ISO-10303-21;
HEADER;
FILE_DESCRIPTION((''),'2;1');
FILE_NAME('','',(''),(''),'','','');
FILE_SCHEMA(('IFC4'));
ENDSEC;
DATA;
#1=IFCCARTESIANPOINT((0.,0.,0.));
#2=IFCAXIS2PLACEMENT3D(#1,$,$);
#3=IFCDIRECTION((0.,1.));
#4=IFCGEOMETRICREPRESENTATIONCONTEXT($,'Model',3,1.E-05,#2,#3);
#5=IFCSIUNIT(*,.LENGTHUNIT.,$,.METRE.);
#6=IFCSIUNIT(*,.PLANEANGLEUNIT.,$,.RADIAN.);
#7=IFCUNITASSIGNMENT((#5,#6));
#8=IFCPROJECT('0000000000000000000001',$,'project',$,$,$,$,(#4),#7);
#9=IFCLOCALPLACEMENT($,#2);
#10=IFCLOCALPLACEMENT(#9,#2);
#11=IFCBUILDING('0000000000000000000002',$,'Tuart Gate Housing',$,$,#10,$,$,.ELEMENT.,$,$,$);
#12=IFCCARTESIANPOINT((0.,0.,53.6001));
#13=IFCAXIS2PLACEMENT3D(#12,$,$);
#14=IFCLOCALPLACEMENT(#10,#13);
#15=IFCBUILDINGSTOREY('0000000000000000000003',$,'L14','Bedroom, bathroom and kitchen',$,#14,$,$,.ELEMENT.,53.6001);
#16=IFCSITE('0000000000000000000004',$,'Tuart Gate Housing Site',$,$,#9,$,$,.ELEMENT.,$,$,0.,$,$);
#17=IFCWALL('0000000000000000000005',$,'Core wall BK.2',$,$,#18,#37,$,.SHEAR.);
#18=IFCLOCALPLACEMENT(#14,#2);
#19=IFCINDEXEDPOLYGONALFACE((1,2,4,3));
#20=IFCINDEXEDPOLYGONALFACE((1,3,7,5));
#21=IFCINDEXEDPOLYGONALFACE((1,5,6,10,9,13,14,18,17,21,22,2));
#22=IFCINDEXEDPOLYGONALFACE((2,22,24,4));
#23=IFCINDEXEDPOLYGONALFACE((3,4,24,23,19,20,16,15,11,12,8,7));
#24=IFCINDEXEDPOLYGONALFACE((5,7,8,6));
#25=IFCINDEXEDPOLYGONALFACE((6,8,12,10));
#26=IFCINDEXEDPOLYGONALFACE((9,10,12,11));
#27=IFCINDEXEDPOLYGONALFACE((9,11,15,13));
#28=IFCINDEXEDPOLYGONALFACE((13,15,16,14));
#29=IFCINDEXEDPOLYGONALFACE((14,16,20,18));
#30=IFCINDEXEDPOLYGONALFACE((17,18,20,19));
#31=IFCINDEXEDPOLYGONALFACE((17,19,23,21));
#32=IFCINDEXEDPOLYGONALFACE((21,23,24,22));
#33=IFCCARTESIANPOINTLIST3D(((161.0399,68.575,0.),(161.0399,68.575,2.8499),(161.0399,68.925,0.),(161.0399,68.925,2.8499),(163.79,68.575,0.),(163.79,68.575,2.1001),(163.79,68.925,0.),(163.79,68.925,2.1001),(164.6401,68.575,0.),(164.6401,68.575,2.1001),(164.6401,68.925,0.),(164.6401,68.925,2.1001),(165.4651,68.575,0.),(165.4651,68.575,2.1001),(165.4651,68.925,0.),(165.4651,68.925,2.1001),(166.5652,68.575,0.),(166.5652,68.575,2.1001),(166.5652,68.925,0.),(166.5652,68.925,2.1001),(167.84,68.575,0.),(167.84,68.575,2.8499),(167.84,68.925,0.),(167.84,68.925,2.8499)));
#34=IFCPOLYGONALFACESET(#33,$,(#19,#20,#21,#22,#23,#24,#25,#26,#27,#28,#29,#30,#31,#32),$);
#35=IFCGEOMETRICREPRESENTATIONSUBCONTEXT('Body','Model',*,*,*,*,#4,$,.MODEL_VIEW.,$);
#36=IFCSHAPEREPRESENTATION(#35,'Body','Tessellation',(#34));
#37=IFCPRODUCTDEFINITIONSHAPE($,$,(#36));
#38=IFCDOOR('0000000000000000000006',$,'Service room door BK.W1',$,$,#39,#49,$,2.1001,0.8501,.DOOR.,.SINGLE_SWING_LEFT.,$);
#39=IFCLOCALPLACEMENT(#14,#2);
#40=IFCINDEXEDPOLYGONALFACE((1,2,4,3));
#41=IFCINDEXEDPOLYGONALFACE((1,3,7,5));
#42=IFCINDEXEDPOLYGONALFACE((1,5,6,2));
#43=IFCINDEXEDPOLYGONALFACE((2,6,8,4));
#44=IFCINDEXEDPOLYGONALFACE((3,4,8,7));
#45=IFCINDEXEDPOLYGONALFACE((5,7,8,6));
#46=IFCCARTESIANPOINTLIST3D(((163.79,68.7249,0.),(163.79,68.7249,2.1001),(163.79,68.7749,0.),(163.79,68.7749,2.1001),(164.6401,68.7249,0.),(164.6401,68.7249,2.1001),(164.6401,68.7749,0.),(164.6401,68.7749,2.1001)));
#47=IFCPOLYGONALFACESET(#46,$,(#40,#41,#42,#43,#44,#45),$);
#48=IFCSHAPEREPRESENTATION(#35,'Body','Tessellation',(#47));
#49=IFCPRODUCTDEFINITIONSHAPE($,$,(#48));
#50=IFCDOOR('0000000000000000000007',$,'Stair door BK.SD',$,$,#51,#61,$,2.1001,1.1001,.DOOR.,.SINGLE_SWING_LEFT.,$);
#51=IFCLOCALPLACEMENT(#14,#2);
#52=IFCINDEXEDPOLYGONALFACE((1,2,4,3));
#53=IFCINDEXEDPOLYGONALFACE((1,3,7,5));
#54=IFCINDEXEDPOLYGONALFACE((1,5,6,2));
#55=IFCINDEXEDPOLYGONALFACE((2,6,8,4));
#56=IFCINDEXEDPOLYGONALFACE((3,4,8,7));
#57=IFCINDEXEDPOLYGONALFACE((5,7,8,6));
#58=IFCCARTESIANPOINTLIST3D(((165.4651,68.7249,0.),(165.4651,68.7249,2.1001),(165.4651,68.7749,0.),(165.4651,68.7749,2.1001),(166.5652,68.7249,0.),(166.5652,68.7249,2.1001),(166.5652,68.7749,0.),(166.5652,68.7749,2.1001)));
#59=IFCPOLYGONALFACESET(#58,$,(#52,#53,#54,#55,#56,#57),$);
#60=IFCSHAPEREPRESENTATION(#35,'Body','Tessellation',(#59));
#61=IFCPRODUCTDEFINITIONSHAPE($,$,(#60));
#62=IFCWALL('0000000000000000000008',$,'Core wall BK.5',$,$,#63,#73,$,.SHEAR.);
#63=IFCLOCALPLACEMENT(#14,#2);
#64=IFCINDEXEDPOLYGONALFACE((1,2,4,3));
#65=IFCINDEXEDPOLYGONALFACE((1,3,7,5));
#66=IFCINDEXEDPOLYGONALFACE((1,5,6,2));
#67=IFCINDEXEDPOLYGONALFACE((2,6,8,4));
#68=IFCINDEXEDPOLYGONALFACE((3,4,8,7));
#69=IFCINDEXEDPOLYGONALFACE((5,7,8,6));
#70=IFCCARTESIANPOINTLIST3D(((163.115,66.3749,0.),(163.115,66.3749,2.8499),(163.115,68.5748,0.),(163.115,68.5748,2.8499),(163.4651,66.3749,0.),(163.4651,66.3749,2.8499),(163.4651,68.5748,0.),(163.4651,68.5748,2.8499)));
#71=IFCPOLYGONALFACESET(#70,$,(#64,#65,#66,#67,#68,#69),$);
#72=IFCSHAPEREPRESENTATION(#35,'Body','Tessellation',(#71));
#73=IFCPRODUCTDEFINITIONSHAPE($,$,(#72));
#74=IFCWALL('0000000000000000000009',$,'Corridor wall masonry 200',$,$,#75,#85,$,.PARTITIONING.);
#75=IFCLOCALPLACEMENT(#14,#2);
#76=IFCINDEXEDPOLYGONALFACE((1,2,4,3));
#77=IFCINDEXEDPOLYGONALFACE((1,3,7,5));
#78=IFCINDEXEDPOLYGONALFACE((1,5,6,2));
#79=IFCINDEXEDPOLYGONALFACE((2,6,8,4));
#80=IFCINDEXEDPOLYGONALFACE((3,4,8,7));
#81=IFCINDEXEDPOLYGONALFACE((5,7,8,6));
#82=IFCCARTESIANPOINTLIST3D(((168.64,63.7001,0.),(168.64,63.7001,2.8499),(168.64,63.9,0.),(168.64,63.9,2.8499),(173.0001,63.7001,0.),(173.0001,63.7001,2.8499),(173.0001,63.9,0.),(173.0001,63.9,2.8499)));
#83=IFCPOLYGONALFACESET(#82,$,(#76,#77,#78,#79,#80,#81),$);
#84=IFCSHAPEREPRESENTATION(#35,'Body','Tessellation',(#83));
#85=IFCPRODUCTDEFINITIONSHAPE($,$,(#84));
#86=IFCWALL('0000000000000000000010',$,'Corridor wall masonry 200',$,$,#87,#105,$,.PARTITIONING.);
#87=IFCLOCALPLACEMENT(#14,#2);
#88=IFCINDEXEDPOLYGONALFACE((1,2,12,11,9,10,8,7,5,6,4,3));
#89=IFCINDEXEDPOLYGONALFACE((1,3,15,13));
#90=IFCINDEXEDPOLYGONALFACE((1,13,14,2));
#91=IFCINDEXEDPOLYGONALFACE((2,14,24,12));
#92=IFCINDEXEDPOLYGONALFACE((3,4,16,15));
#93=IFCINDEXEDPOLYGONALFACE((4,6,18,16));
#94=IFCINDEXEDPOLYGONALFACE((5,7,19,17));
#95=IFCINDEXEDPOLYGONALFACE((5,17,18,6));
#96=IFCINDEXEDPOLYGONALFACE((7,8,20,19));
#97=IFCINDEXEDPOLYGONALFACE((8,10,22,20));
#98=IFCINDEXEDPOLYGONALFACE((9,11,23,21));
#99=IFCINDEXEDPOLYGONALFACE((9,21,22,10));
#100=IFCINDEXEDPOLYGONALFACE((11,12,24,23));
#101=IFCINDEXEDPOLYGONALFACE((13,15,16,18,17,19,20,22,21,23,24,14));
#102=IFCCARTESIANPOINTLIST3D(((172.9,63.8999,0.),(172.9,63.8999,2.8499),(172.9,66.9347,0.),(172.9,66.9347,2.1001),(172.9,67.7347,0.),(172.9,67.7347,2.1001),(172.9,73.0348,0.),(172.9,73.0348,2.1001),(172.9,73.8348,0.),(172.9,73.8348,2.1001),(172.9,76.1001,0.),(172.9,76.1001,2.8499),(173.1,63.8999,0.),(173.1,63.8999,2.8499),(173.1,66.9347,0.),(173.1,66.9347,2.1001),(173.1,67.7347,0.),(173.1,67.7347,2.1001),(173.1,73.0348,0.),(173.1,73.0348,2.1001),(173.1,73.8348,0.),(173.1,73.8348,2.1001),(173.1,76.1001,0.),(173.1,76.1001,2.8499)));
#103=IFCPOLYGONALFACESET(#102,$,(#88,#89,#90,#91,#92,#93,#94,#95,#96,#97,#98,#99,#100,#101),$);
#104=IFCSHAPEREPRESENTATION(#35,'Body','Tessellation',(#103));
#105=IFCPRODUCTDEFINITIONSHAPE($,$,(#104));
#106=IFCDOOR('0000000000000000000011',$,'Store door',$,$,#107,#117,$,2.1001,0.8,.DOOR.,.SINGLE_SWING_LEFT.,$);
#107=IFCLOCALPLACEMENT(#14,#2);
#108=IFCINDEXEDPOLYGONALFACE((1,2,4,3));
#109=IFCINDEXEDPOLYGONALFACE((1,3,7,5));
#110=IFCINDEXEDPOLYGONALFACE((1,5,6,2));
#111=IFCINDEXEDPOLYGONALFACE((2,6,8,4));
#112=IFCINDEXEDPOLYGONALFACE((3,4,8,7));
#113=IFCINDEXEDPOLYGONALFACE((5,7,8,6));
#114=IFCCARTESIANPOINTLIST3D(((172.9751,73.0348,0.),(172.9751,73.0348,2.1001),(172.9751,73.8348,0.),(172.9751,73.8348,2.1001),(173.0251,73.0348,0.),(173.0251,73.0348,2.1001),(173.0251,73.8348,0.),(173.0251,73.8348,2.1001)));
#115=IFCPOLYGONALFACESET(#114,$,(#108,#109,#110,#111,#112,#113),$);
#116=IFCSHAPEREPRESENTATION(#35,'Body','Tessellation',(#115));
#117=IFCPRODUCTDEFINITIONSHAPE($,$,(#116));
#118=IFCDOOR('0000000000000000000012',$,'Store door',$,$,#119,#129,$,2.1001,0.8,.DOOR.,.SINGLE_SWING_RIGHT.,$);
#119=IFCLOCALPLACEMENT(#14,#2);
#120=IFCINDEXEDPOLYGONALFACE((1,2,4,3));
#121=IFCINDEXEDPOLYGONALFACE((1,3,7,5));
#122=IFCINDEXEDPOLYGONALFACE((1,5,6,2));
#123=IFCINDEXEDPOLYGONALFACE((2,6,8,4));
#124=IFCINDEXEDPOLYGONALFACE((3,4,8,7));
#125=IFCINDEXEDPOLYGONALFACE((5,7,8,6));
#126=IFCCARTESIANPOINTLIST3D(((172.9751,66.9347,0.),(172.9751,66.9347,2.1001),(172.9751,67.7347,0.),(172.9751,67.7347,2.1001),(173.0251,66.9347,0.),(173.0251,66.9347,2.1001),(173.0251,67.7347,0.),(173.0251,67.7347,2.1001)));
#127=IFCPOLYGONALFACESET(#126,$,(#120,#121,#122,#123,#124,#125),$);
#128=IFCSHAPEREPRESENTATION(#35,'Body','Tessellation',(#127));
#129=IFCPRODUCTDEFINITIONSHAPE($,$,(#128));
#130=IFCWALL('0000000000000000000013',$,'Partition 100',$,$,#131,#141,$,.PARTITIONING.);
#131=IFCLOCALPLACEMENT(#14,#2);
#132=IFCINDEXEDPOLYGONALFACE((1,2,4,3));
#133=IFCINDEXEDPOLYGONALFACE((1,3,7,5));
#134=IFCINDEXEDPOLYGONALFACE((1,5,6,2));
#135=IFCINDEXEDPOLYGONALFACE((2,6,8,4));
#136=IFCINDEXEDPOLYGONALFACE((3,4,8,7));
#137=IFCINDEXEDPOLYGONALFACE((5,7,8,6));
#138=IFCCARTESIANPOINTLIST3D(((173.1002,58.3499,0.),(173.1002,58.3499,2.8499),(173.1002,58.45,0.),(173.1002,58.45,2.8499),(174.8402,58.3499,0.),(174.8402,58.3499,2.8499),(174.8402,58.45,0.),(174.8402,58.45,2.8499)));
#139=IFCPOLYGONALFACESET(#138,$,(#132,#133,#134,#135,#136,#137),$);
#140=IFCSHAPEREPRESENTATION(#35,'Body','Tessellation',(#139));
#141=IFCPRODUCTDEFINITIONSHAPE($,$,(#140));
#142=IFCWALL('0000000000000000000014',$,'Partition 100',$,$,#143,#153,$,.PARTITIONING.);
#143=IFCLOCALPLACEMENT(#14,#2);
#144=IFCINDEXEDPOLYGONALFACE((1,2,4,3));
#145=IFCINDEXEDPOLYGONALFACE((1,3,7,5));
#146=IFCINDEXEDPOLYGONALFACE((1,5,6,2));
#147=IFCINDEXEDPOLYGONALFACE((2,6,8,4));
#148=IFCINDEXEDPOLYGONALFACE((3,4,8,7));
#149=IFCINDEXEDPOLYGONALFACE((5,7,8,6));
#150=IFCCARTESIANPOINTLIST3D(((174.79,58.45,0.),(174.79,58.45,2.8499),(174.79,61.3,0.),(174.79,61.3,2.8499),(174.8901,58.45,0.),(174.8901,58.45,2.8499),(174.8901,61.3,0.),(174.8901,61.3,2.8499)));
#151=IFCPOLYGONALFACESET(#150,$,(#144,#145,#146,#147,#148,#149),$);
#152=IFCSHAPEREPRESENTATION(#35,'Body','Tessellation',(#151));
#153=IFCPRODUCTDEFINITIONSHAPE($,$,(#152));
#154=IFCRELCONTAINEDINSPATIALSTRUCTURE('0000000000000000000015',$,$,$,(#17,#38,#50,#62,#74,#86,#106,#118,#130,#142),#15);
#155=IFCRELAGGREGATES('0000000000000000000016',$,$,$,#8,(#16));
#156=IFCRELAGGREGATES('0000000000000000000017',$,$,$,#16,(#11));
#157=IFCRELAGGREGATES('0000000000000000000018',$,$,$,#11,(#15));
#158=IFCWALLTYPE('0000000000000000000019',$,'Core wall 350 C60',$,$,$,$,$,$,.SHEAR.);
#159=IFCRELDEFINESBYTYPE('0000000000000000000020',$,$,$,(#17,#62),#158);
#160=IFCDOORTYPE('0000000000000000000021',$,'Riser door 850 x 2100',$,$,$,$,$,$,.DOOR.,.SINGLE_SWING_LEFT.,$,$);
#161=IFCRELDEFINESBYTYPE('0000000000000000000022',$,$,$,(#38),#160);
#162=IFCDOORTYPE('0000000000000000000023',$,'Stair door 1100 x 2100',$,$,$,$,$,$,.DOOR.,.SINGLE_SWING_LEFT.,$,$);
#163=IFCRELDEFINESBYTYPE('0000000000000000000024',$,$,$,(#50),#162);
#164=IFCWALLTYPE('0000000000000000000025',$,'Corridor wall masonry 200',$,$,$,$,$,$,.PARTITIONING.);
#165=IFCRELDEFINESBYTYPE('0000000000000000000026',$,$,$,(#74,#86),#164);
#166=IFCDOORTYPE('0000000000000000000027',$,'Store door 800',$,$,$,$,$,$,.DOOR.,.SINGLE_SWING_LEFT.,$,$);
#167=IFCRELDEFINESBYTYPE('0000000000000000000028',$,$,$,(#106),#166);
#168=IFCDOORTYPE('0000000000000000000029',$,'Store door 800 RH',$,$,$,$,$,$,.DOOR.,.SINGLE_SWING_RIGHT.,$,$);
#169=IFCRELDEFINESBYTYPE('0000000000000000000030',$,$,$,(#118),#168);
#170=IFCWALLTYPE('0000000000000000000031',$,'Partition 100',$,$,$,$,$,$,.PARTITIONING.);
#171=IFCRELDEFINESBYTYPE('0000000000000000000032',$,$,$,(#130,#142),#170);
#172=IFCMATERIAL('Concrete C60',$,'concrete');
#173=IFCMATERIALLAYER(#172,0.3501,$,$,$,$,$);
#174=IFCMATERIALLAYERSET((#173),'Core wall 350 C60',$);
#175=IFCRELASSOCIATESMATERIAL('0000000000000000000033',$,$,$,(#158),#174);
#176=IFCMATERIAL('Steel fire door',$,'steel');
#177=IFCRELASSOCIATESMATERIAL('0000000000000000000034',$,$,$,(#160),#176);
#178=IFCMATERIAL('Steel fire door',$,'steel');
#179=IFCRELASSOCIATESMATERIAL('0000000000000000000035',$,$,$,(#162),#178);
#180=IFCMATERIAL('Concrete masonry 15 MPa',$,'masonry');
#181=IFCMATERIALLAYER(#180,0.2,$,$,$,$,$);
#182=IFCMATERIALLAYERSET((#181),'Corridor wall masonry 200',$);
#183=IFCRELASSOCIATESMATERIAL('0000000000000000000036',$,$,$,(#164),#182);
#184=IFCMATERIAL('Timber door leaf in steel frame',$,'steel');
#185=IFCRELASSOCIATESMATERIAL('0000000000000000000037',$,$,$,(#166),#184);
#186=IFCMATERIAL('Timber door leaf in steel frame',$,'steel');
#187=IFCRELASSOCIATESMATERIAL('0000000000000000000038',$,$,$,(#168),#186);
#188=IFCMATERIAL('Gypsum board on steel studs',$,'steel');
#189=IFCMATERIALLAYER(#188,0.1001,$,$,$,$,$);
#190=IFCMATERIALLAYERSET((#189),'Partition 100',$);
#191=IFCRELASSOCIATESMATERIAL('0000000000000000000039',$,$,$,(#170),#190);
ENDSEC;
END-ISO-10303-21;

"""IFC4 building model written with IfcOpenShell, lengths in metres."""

from ifc_helpers import new_model, si_unit, direction, frame, frame_2d, origin, place, context, subcontext, project, spatial, rectangle, extrude, material, layer, layer_set, type_object, element, fill, save


model = new_model("IFC4")

# Units and contexts
model_context = context("Model", 3, precision=1e-05, world=origin(), true_north=direction((0.0, 1.0)))
body_context = subcontext(model_context, "Body", "Model", "MODEL_VIEW")
ifc_project = project(units=[si_unit("LENGTHUNIT", "METRE"), si_unit("PLANEANGLEUNIT", "RADIAN")], contexts=[model_context])

# Site, building, storey
site_placement = place(None, origin())
site = spatial("IfcSite", under=ifc_project, at=site_placement, Name="Tuart Gate Housing Site", CompositionType="ELEMENT", RefElevation=0.0)
building_placement = place(site_placement, origin())
building = spatial("IfcBuilding", under=site, at=building_placement, Name="Tuart Gate Housing", CompositionType="ELEMENT")
storey_placement = place(building_placement, frame((0.0, 0.0, 53.6001)))
storey = spatial("IfcBuildingStorey", under=building, at=storey_placement, Name="L14", Description="Bedroom, bathroom and kitchen", CompositionType="ELEMENT", Elevation=53.6001)

# Wall, openings, doors
ifc_material_1 = material(Name="Concrete C60", Category="concrete")
ifc_layer_1 = layer(ifc_material_1, 0.3501)
ifc_layer_set_1 = layer_set([ifc_layer_1], Name="Core wall 350 C60")
wall_type_1 = type_object("IfcWallType", Name="Core wall 350 C60", PredefinedType="SHEAR", material=ifc_layer_set_1)
wall_1_placement = place(storey_placement, frame((161.04, 68.75, 0.0), z_axis=(0.0, 0.0, 1.0), x_axis=(1.0, 0.0, 0.0)))
wall_1 = element("IfcWall", 1, at=wall_1_placement, inside=storey, type_object=wall_type_1, Name="Core wall BK.2", PredefinedType="SHEAR", context=body_context, shape_type="SweptSolid", body=[
    extrude(rectangle(XDim=6.8, YDim=0.3501, at=frame_2d((3.3999, 0.0))), origin(), (0.0, 0.0, 1.0), 2.8499),
])
opening_1_placement = place(wall_1_placement, frame((4.425, 0.0, 0.0)))
opening_1 = element("IfcOpeningElement", 2, at=opening_1_placement, cuts=wall_1, PredefinedType="OPENING", context=body_context, shape_type="SweptSolid", body=[
    extrude(rectangle(XDim=1.1001, YDim=2.1001, at=frame_2d((0.55, 1.05))), frame((0.0, 0.1851, 0.0), z_axis=(0.0, -1.0, 0.0), x_axis=(1.0, 0.0, 0.0)), (0.0, 0.0, 1.0), 0.3701),
])
opening_2_placement = place(wall_1_placement, frame((2.75, 0.0, 0.0)))
opening_2 = element("IfcOpeningElement", 3, at=opening_2_placement, cuts=wall_1, PredefinedType="OPENING", context=body_context, shape_type="SweptSolid", body=[
    extrude(rectangle(XDim=0.8501, YDim=2.1001, at=frame_2d((0.425, 1.05))), frame((0.0, 0.1851, 0.0), z_axis=(0.0, -1.0, 0.0), x_axis=(1.0, 0.0, 0.0)), (0.0, 0.0, 1.0), 0.3701),
])
ifc_material_2 = material(Name="Steel fire door", Category="steel")
door_type_1 = type_object("IfcDoorType", Name="Riser door 850 x 2100", OperationType="SINGLE_SWING_LEFT", PredefinedType="DOOR", material=ifc_material_2)
door_1_placement = place(opening_2_placement, origin())
door_1 = element("IfcDoor", 4, at=door_1_placement, inside=storey, type_object=door_type_1, Name="Service room door BK.W1", OperationType="SINGLE_SWING_LEFT", OverallHeight=2.1001, OverallWidth=0.8501, PredefinedType="DOOR", context=body_context, shape_type="SweptSolid", body=[
    extrude(rectangle(XDim=0.8501, YDim=2.1001, at=frame_2d((0.425, 1.05))), frame((0.0, 0.0249, 0.0), z_axis=(0.0, -1.0, 0.0), x_axis=(1.0, 0.0, 0.0)), (0.0, 0.0, 1.0), 0.05),
])
fill(opening_2, door_1)
ifc_material_3 = material(Name="Steel fire door", Category="steel")
door_type_2 = type_object("IfcDoorType", Name="Stair door 1100 x 2100", OperationType="SINGLE_SWING_LEFT", PredefinedType="DOOR", material=ifc_material_3)
door_2_placement = place(opening_1_placement, origin())
door_2 = element("IfcDoor", 5, at=door_2_placement, inside=storey, type_object=door_type_2, Name="Stair door BK.SD", OperationType="SINGLE_SWING_LEFT", OverallHeight=2.1001, OverallWidth=1.1001, PredefinedType="DOOR", context=body_context, shape_type="SweptSolid", body=[
    extrude(rectangle(XDim=1.1001, YDim=2.1001, at=frame_2d((0.55, 1.05))), frame((0.0, 0.0249, 0.0), z_axis=(0.0, -1.0, 0.0), x_axis=(1.0, 0.0, 0.0)), (0.0, 0.0, 1.0), 0.05),
])
fill(opening_1, door_2)

# Walls
wall_2_placement = place(storey_placement, frame((163.29, 68.575, 0.0), z_axis=(0.0, 0.0, 1.0), x_axis=(0.0, -1.0, 0.0)))
element("IfcWall", 6, at=wall_2_placement, inside=storey, type_object=wall_type_1, Name="Core wall BK.5", PredefinedType="SHEAR", context=body_context, shape_type="SweptSolid", body=[
    extrude(rectangle(XDim=2.2, YDim=0.3501, at=frame_2d((1.1001, 0.0))), origin(), (0.0, 0.0, 1.0), 2.8499),
])
ifc_material_4 = material(Name="Concrete masonry 15 MPa", Category="masonry")
ifc_layer_2 = layer(ifc_material_4, 0.2)
ifc_layer_set_2 = layer_set([ifc_layer_2], Name="Corridor wall masonry 200")
wall_type_2 = type_object("IfcWallType", Name="Corridor wall masonry 200", PredefinedType="PARTITIONING", material=ifc_layer_set_2)
wall_3_placement = place(storey_placement, frame((168.6399, 63.8, 0.0), z_axis=(0.0, 0.0, 1.0), x_axis=(1.0, 0.0, 0.0)))
element("IfcWall", 7, at=wall_3_placement, inside=storey, type_object=wall_type_2, Name="Corridor wall masonry 200", PredefinedType="PARTITIONING", context=body_context, shape_type="SweptSolid", body=[
    extrude(rectangle(XDim=4.3601, YDim=0.2, at=frame_2d((2.1802, 0.0))), origin(), (0.0, 0.0, 1.0), 2.8499),
])

# Wall, openings, doors
wall_4_placement = place(storey_placement, frame((173.0, 63.8999, 0.0), z_axis=(0.0, 0.0, 1.0), x_axis=(0.0, 1.0, 0.0)))
wall_4 = element("IfcWall", 8, at=wall_4_placement, inside=storey, type_object=wall_type_2, Name="Corridor wall masonry 200", PredefinedType="PARTITIONING", context=body_context, shape_type="SweptSolid", body=[
    extrude(rectangle(XDim=12.2002, YDim=0.2, at=frame_2d((6.1001, 0.0))), origin(), (0.0, 0.0, 1.0), 2.8499),
])
opening_3_placement = place(wall_4_placement, frame((3.0349, 0.0, 0.0)))
opening_3 = element("IfcOpeningElement", 9, at=opening_3_placement, cuts=wall_4, PredefinedType="OPENING", context=body_context, shape_type="SweptSolid", body=[
    extrude(rectangle(XDim=0.8, YDim=2.1001, at=frame_2d((0.3999, 1.05))), frame((0.0, 0.1099, 0.0), z_axis=(0.0, -1.0, 0.0), x_axis=(1.0, 0.0, 0.0)), (0.0, 0.0, 1.0), 0.22),
])
opening_4_placement = place(wall_4_placement, frame((9.135, 0.0, 0.0)))
opening_4 = element("IfcOpeningElement", 10, at=opening_4_placement, cuts=wall_4, PredefinedType="OPENING", context=body_context, shape_type="SweptSolid", body=[
    extrude(rectangle(XDim=0.8, YDim=2.1001, at=frame_2d((0.3999, 1.05))), frame((0.0, 0.1099, 0.0), z_axis=(0.0, -1.0, 0.0), x_axis=(1.0, 0.0, 0.0)), (0.0, 0.0, 1.0), 0.22),
])
ifc_material_5 = material(Name="Timber door leaf in steel frame", Category="steel")
door_type_3 = type_object("IfcDoorType", Name="Store door 800", OperationType="SINGLE_SWING_LEFT", PredefinedType="DOOR", material=ifc_material_5)
door_3_placement = place(opening_4_placement, origin())
door_3 = element("IfcDoor", 11, at=door_3_placement, inside=storey, type_object=door_type_3, Name="Store door", OperationType="SINGLE_SWING_LEFT", OverallHeight=2.1001, OverallWidth=0.8, PredefinedType="DOOR", context=body_context, shape_type="SweptSolid", body=[
    extrude(rectangle(XDim=0.8, YDim=2.1001, at=frame_2d((0.3999, 1.05))), frame((0.0, 0.0249, 0.0), z_axis=(0.0, -1.0, 0.0), x_axis=(1.0, 0.0, 0.0)), (0.0, 0.0, 1.0), 0.05),
])
fill(opening_4, door_3)
ifc_material_6 = material(Name="Timber door leaf in steel frame", Category="steel")
door_type_4 = type_object("IfcDoorType", Name="Store door 800 RH", OperationType="SINGLE_SWING_RIGHT", PredefinedType="DOOR", material=ifc_material_6)
door_4_placement = place(opening_3_placement, origin())
door_4 = element("IfcDoor", 12, at=door_4_placement, inside=storey, type_object=door_type_4, Name="Store door", OperationType="SINGLE_SWING_RIGHT", OverallHeight=2.1001, OverallWidth=0.8, PredefinedType="DOOR", context=body_context, shape_type="SweptSolid", body=[
    extrude(rectangle(XDim=0.8, YDim=2.1001, at=frame_2d((0.3999, 1.05))), frame((0.0, 0.0249, 0.0), z_axis=(0.0, -1.0, 0.0), x_axis=(1.0, 0.0, 0.0)), (0.0, 0.0, 1.0), 0.05),
])
fill(opening_3, door_4)

# Walls
ifc_material_7 = material(Name="Gypsum board on steel studs", Category="steel")
ifc_layer_3 = layer(ifc_material_7, 0.1001)
ifc_layer_set_3 = layer_set([ifc_layer_3], Name="Partition 100")
wall_type_3 = type_object("IfcWallType", Name="Partition 100", PredefinedType="PARTITIONING", material=ifc_layer_set_3)
wall_5_placement = place(storey_placement, frame((173.1001, 58.3999, 0.0), z_axis=(0.0, 0.0, 1.0), x_axis=(1.0, 0.0, 0.0)))
element("IfcWall", 13, at=wall_5_placement, inside=storey, type_object=wall_type_3, Name="Partition 100", PredefinedType="PARTITIONING", context=body_context, shape_type="SweptSolid", body=[
    extrude(rectangle(XDim=1.74, YDim=0.1001, at=frame_2d((0.8701, 0.0))), origin(), (0.0, 0.0, 1.0), 2.8499),
])
wall_6_placement = place(storey_placement, frame((174.8401, 58.45, 0.0), z_axis=(0.0, 0.0, 1.0), x_axis=(0.0, 1.0, 0.0)))
element("IfcWall", 14, at=wall_6_placement, inside=storey, type_object=wall_type_3, Name="Partition 100", PredefinedType="PARTITIONING", context=body_context, shape_type="SweptSolid", body=[
    extrude(rectangle(XDim=2.8501, YDim=0.1001, at=frame_2d((1.425, 0.0))), origin(), (0.0, 0.0, 1.0), 2.8499),
])

save(model, "model.ifc")
